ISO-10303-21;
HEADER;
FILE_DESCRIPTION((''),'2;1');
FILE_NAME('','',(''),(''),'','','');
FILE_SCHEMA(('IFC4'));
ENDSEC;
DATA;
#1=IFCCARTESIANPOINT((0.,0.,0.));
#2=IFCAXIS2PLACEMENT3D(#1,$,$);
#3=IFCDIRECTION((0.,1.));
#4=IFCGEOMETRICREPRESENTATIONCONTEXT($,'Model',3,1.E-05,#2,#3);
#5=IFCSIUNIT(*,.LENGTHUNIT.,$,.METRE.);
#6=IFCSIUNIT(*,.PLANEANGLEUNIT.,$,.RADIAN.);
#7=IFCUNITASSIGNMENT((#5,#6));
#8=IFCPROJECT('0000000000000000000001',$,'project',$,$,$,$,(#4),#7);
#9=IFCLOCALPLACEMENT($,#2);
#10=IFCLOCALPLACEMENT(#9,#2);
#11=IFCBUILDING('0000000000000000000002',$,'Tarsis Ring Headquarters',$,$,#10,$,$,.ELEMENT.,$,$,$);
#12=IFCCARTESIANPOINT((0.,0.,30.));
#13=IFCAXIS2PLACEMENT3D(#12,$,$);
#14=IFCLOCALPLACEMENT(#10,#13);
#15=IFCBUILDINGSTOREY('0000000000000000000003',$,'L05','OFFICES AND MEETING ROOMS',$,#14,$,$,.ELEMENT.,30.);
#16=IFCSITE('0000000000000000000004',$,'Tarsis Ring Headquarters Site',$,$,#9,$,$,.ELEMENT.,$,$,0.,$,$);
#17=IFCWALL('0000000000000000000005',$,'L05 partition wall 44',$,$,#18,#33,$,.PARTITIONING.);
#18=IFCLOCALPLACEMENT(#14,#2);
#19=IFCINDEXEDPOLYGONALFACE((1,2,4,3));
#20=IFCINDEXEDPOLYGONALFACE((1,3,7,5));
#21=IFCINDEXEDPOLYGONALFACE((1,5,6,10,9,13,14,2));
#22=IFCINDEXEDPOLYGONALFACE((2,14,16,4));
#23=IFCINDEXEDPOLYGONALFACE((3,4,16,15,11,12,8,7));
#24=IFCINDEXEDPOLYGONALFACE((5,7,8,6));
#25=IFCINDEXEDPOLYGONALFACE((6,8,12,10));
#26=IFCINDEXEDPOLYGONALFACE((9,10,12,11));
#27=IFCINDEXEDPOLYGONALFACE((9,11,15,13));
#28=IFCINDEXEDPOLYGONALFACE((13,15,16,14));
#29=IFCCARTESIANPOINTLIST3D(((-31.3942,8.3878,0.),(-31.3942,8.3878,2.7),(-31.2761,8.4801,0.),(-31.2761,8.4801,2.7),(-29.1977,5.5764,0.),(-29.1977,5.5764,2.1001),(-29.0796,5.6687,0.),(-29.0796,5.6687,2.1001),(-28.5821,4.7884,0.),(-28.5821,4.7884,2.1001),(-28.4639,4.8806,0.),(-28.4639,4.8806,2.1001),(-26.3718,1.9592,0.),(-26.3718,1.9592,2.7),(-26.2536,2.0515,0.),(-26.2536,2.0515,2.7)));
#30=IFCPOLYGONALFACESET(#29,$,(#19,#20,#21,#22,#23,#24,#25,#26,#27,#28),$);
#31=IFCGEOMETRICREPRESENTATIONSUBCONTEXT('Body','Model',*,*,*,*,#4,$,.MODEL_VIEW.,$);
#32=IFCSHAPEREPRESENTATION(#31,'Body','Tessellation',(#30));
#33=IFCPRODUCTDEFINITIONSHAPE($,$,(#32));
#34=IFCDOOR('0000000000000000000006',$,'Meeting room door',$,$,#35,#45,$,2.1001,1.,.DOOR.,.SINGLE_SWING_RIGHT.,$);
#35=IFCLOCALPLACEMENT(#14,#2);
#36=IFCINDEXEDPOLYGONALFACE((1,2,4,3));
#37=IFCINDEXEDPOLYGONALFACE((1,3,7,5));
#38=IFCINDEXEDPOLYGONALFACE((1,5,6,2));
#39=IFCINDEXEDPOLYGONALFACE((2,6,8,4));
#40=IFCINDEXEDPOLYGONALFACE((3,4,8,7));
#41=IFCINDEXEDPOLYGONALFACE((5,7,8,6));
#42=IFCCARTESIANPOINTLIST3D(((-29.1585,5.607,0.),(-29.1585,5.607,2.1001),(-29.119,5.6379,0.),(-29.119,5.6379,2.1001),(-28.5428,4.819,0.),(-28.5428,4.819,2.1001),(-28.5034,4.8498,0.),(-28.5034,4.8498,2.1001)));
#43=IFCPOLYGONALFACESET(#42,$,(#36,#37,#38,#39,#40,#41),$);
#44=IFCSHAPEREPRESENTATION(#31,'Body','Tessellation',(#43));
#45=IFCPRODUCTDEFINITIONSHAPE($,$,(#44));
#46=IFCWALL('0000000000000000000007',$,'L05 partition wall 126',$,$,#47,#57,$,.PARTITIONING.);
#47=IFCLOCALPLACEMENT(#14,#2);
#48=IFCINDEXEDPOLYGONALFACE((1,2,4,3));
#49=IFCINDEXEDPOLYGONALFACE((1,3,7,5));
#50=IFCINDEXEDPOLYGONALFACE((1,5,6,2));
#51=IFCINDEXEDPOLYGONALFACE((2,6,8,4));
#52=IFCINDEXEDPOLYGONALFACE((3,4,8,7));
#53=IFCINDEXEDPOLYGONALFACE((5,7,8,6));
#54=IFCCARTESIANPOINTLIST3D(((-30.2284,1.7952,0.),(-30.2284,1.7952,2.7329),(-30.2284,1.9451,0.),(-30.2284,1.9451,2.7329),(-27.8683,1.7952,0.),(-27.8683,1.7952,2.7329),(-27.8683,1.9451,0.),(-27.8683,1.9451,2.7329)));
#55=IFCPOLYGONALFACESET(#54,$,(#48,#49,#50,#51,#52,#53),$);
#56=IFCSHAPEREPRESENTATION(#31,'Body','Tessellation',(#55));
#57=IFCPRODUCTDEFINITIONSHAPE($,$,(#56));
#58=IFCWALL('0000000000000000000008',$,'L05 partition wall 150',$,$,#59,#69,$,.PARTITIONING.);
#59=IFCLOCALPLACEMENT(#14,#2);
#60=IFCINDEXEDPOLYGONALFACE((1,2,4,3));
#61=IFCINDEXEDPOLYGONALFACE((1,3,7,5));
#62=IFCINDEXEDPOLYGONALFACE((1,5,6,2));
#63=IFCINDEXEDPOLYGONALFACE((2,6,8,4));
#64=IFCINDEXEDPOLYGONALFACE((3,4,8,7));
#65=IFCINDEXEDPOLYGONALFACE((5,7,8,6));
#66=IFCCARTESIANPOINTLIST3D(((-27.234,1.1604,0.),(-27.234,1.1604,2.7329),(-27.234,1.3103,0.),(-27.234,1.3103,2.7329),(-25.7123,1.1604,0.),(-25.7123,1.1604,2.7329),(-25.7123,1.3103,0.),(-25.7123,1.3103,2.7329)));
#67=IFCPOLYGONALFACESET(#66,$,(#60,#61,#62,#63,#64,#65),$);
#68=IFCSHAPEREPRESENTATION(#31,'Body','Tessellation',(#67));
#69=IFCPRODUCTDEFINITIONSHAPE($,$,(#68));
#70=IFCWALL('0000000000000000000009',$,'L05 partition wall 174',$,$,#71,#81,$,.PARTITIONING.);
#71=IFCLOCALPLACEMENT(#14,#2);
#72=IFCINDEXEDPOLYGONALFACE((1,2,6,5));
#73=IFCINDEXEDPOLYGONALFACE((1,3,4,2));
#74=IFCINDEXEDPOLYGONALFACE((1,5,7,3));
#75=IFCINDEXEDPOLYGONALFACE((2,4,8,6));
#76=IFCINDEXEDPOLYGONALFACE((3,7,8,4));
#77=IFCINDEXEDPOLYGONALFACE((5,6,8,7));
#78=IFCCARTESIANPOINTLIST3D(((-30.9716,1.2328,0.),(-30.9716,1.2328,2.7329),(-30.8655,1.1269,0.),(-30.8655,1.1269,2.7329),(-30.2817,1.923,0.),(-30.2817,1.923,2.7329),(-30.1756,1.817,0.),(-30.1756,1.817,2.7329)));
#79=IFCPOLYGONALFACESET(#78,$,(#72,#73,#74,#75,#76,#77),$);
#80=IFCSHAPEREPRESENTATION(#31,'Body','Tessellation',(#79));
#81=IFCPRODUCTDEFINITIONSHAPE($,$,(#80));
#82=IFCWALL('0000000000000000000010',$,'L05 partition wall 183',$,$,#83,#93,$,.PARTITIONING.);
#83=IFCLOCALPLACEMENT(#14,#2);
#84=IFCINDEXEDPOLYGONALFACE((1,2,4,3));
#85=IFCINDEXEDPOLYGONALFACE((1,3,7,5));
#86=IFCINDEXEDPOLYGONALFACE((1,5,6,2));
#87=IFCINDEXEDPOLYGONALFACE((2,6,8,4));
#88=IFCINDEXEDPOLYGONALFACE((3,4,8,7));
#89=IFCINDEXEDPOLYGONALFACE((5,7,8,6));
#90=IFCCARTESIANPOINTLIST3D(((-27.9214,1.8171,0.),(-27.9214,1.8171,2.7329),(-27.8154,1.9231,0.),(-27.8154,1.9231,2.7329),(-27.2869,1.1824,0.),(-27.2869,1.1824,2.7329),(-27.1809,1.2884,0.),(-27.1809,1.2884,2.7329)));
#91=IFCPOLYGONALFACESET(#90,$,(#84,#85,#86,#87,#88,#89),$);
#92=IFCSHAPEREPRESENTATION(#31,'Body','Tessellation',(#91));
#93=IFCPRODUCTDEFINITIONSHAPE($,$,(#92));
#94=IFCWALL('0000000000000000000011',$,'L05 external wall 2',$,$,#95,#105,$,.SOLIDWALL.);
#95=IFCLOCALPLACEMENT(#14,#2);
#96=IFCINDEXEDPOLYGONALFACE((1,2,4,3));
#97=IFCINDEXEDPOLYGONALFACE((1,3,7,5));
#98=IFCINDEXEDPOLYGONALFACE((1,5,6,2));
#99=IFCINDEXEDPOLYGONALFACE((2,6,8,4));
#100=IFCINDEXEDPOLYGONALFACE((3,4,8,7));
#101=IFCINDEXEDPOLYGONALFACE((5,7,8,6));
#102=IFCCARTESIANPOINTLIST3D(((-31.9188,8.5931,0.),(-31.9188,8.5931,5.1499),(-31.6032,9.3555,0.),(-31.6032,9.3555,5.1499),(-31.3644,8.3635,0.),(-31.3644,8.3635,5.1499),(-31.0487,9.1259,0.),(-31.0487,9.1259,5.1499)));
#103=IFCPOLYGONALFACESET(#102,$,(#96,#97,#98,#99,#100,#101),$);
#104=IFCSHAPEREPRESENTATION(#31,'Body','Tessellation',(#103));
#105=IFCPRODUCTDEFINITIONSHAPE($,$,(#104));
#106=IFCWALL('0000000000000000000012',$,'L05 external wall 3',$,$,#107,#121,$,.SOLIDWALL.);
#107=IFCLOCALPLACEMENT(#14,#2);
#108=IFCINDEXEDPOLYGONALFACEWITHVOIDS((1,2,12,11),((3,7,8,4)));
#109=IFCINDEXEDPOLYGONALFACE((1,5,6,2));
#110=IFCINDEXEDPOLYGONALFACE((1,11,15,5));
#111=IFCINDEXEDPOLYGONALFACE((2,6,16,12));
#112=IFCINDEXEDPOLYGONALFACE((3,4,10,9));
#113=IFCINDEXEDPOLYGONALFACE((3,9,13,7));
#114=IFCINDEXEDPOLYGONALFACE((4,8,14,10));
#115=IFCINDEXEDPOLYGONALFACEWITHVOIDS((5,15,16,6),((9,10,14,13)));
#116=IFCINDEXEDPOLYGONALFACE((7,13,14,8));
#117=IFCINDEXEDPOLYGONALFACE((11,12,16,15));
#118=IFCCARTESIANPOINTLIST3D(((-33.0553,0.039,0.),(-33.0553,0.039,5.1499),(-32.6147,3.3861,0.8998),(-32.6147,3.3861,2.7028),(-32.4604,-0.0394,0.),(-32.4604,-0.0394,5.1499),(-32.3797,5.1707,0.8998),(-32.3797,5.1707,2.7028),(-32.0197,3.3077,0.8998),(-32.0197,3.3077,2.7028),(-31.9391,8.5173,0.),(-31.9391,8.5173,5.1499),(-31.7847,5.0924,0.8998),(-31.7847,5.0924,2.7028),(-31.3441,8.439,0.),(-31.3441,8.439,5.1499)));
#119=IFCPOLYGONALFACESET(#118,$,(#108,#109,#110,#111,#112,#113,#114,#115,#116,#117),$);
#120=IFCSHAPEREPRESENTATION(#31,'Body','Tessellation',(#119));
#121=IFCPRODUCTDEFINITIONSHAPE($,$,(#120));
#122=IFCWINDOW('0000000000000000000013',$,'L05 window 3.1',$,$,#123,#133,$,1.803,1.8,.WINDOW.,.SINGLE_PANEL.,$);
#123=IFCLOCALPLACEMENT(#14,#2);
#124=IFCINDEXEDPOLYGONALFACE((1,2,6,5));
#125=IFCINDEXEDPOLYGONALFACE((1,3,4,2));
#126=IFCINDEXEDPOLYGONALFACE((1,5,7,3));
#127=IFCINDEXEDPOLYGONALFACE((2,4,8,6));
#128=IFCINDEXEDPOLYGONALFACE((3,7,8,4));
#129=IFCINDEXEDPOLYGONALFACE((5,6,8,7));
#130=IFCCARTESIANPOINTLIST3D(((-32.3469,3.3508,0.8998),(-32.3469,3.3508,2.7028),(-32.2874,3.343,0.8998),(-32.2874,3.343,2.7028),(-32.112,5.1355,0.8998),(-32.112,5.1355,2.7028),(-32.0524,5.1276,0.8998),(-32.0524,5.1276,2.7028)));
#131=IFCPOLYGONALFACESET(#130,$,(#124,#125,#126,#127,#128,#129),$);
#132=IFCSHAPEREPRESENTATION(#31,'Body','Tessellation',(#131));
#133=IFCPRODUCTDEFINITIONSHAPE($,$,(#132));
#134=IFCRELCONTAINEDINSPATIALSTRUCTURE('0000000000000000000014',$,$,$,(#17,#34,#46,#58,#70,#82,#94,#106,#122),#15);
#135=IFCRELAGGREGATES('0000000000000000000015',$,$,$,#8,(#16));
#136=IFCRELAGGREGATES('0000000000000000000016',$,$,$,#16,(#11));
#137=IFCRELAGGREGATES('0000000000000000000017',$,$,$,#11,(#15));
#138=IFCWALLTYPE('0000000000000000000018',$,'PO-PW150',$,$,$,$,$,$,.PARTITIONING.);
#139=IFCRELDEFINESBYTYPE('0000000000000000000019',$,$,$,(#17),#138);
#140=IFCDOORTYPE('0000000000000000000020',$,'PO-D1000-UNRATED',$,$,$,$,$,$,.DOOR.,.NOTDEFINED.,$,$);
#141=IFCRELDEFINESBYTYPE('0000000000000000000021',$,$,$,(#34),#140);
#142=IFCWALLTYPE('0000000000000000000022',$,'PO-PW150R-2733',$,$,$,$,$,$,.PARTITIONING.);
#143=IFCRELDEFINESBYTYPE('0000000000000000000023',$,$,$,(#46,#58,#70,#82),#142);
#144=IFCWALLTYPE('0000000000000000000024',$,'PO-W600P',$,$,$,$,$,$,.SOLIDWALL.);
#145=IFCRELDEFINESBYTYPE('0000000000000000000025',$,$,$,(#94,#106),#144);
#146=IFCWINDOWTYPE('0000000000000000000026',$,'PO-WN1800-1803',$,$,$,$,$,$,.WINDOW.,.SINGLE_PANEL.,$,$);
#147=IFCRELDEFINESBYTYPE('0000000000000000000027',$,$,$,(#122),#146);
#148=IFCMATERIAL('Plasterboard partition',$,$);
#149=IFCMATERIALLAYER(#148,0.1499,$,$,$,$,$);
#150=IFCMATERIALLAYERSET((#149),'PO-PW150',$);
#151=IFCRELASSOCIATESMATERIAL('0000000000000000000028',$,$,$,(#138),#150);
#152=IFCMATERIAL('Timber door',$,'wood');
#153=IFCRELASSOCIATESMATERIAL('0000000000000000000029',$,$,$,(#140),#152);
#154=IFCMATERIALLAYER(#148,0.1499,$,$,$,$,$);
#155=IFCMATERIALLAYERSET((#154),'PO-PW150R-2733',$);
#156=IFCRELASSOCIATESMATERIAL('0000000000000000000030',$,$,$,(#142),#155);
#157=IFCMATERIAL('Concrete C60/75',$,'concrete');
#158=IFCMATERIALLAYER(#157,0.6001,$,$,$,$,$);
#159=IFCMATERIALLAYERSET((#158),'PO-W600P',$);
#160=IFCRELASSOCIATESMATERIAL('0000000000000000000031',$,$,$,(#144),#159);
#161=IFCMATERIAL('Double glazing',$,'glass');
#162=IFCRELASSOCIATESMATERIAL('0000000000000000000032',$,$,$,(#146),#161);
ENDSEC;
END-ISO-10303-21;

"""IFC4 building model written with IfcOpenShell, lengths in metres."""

from ifc_helpers import new_model, si_unit, direction, frame, frame_2d, origin, place, context, subcontext, project, spatial, rectangle, extrude, material, layer, layer_set, type_object, element, fill, save


model = new_model("IFC4")

# Units and contexts
model_context = context("Model", 3, precision=1e-05, world=origin(), true_north=direction((0.0, 1.0)))
body_context = subcontext(model_context, "Body", "Model", "MODEL_VIEW")
ifc_project = project(units=[si_unit("LENGTHUNIT", "METRE"), si_unit("PLANEANGLEUNIT", "RADIAN")], contexts=[model_context])

# Site, building, storey
site_placement = place(None, origin())
site = spatial("IfcSite", under=ifc_project, at=site_placement, Name="Tarsis Ring Headquarters Site", CompositionType="ELEMENT", RefElevation=0.0)
building_placement = place(site_placement, origin())
building = spatial("IfcBuilding", under=site, at=building_placement, Name="Tarsis Ring Headquarters", CompositionType="ELEMENT")
storey_placement = place(building_placement, frame((0.0, 0.0, 30.0)))
storey = spatial("IfcBuildingStorey", under=building, at=storey_placement, Name="L05", Description="OFFICES AND MEETING ROOMS", CompositionType="ELEMENT", Elevation=30.0)

# Wall, opening, door
ifc_material_1 = material(Name="Plasterboard partition")
ifc_layer_1 = layer(ifc_material_1, 0.1499)
ifc_layer_set_1 = layer_set([ifc_layer_1], Name="PO-PW150")
wall_type_1 = type_object("IfcWallType", Name="PO-PW150", PredefinedType="PARTITIONING", material=ifc_layer_set_1)
wall_1_placement = place(storey_placement, frame((-31.3352, 8.4341, 0.0), z_axis=(0.0, 0.0, 1.0), x_axis=(0.615646, -0.788023, 0.0)))
wall_1 = element("IfcWall", 1, at=wall_1_placement, inside=storey, type_object=wall_type_1, Name="L05 partition wall 44", PredefinedType="PARTITIONING", context=body_context, shape_type="SweptSolid", body=[
    extrude(rectangle(XDim=8.158, YDim=0.1499, at=frame_2d((4.0791, 0.0))), origin(), (0.0, 0.0, 1.0), 2.7),
])
opening_1_placement = place(wall_1_placement, frame((3.5679, 0.0, 0.0)))
opening_1 = element("IfcOpeningElement", 2, at=opening_1_placement, cuts=wall_1, PredefinedType="OPENING", context=body_context, shape_type="SweptSolid", body=[
    extrude(rectangle(XDim=1.0, YDim=2.1001, at=frame_2d((0.5, 1.05))), frame((0.0, 0.085, 0.0), z_axis=(0.0, -1.0, 0.0), x_axis=(1.0, 0.0, 0.0)), (0.0, 0.0, 1.0), 0.1699),
])
ifc_material_2 = material(Name="Timber door", Category="wood")
door_type = type_object("IfcDoorType", Name="PO-D1000-UNRATED", OperationType="NOTDEFINED", PredefinedType="DOOR", material=ifc_material_2)
door_placement = place(opening_1_placement, origin())
door = element("IfcDoor", 3, at=door_placement, inside=storey, type_object=door_type, Name="Meeting room door", OperationType="SINGLE_SWING_RIGHT", OverallHeight=2.1001, OverallWidth=1.0, PredefinedType="DOOR", context=body_context, shape_type="SweptSolid", body=[
    extrude(rectangle(XDim=1.0, YDim=2.1001, at=frame_2d((0.5, 1.05))), frame((0.0, 0.0249, 0.0), z_axis=(0.0, -1.0, 0.0), x_axis=(1.0, 0.0, 0.0)), (0.0, 0.0, 1.0), 0.05),
])
fill(opening_1, door)

# Walls
ifc_layer_2 = layer(ifc_material_1, 0.1499)
ifc_layer_set_2 = layer_set([ifc_layer_2], Name="PO-PW150R-2733")
wall_type_2 = type_object("IfcWallType", Name="PO-PW150R-2733", PredefinedType="PARTITIONING", material=ifc_layer_set_2)
wall_2_placement = place(storey_placement, frame((-30.2285, 1.8701, 0.0), z_axis=(0.0, 0.0, 1.0), x_axis=(1.0, 0.0, 0.0)))
element("IfcWall", 4, at=wall_2_placement, inside=storey, type_object=wall_type_2, Name="L05 partition wall 126", PredefinedType="PARTITIONING", context=body_context, shape_type="SweptSolid", body=[
    extrude(rectangle(XDim=2.3601, YDim=0.1499, at=frame_2d((1.1802, 0.0))), origin(), (0.0, 0.0, 1.0), 2.7329),
])
wall_3_placement = place(storey_placement, frame((-27.2339, 1.2354, 0.0), z_axis=(0.0, 0.0, 1.0), x_axis=(1.0, 0.0, 0.0)))
element("IfcWall", 5, at=wall_3_placement, inside=storey, type_object=wall_type_2, Name="L05 partition wall 150", PredefinedType="PARTITIONING", context=body_context, shape_type="SweptSolid", body=[
    extrude(rectangle(XDim=1.5217, YDim=0.1499, at=frame_2d((0.7607, 0.0))), origin(), (0.0, 0.0, 1.0), 2.7329),
])
wall_4_placement = place(storey_placement, frame((-30.9185, 1.1799, 0.0), z_axis=(0.0, 0.0, 1.0), x_axis=(0.706982, 0.707232, 0.0)))
element("IfcWall", 6, at=wall_4_placement, inside=storey, type_object=wall_type_2, Name="L05 partition wall 174", PredefinedType="PARTITIONING", context=body_context, shape_type="SweptSolid", body=[
    extrude(rectangle(XDim=0.9758, YDim=0.1499, at=frame_2d((0.4878, 0.0))), origin(), (0.0, 0.0, 1.0), 2.7329),
])
wall_5_placement = place(storey_placement, frame((-27.8684, 1.8701, 0.0), z_axis=(0.0, 0.0, 1.0), x_axis=(0.706971, -0.707243, 0.0)))
element("IfcWall", 7, at=wall_5_placement, inside=storey, type_object=wall_type_2, Name="L05 partition wall 183", PredefinedType="PARTITIONING", context=body_context, shape_type="SweptSolid", body=[
    extrude(rectangle(XDim=0.8975, YDim=0.1499, at=frame_2d((0.4487, 0.0))), origin(), (0.0, 0.0, 1.0), 2.7329),
])
ifc_material_3 = material(Name="Concrete C60/75", Category="concrete")
ifc_layer_3 = layer(ifc_material_3, 0.6001)
ifc_layer_set_3 = layer_set([ifc_layer_3], Name="PO-W600P")
wall_type_3 = type_object("IfcWallType", Name="PO-W600P", PredefinedType="SOLIDWALL", material=ifc_layer_set_3)
wall_6_placement = place(storey_placement, frame((-31.3259, 9.2407, 0.0), z_axis=(0.0, 0.0, 1.0), x_axis=(-0.382535, -0.923941, 0.0)))
element("IfcWall", 8, at=wall_6_placement, inside=storey, type_object=wall_type_3, Name="L05 external wall 2", PredefinedType="SOLIDWALL", context=body_context, shape_type="SweptSolid", body=[
    extrude(rectangle(XDim=0.8252, YDim=0.6001, at=frame_2d((0.4126, 0.0))), origin(), (0.0, 0.0, 1.0), 5.1499),
])

# Wall, opening, window
wall_7_placement = place(storey_placement, frame((-31.6416, 8.4783, 0.0), z_axis=(0.0, 0.0, 1.0), x_axis=(-0.130529, -0.991444, 0.0)))
wall_7 = element("IfcWall", 9, at=wall_7_placement, inside=storey, type_object=wall_type_3, Name="L05 external wall 3", PredefinedType="SOLIDWALL", context=body_context, shape_type="SweptSolid", body=[
    extrude(rectangle(XDim=8.5515, YDim=0.6001, at=frame_2d((4.2759, 0.0))), origin(), (0.0, 0.0, 1.0), 5.1499),
])
opening_2_placement = place(wall_7_placement, frame((3.3757, 0.0, 0.8999)))
opening_2 = element("IfcOpeningElement", 10, at=opening_2_placement, cuts=wall_7, PredefinedType="OPENING", context=body_context, shape_type="SweptSolid", body=[
    extrude(rectangle(XDim=1.8, YDim=1.803, at=frame_2d((0.8999, 0.9014))), frame((0.0, 0.3101, 0.0), z_axis=(0.0, -1.0, 0.0), x_axis=(1.0, 0.0, 0.0)), (0.0, 0.0, 1.0), 0.6201),
])
ifc_material_4 = material(Name="Double glazing", Category="glass")
window_type = type_object("IfcWindowType", Name="PO-WN1800-1803", PartitioningType="SINGLE_PANEL", PredefinedType="WINDOW", material=ifc_material_4)
window_placement = place(opening_2_placement, origin())
window = element("IfcWindow", 11, at=window_placement, inside=storey, type_object=window_type, Name="L05 window 3.1", OverallHeight=1.803, OverallWidth=1.8, PartitioningType="SINGLE_PANEL", PredefinedType="WINDOW", context=body_context, shape_type="SweptSolid", body=[
    extrude(rectangle(XDim=1.8, YDim=1.803, at=frame_2d((0.8999, 0.9014))), frame((0.0, 0.03, 0.0), z_axis=(0.0, -1.0, 0.0), x_axis=(1.0, 0.0, 0.0)), (0.0, 0.0, 1.0), 0.0601),
])
fill(opening_2, window)

save(model, "model.ifc")
